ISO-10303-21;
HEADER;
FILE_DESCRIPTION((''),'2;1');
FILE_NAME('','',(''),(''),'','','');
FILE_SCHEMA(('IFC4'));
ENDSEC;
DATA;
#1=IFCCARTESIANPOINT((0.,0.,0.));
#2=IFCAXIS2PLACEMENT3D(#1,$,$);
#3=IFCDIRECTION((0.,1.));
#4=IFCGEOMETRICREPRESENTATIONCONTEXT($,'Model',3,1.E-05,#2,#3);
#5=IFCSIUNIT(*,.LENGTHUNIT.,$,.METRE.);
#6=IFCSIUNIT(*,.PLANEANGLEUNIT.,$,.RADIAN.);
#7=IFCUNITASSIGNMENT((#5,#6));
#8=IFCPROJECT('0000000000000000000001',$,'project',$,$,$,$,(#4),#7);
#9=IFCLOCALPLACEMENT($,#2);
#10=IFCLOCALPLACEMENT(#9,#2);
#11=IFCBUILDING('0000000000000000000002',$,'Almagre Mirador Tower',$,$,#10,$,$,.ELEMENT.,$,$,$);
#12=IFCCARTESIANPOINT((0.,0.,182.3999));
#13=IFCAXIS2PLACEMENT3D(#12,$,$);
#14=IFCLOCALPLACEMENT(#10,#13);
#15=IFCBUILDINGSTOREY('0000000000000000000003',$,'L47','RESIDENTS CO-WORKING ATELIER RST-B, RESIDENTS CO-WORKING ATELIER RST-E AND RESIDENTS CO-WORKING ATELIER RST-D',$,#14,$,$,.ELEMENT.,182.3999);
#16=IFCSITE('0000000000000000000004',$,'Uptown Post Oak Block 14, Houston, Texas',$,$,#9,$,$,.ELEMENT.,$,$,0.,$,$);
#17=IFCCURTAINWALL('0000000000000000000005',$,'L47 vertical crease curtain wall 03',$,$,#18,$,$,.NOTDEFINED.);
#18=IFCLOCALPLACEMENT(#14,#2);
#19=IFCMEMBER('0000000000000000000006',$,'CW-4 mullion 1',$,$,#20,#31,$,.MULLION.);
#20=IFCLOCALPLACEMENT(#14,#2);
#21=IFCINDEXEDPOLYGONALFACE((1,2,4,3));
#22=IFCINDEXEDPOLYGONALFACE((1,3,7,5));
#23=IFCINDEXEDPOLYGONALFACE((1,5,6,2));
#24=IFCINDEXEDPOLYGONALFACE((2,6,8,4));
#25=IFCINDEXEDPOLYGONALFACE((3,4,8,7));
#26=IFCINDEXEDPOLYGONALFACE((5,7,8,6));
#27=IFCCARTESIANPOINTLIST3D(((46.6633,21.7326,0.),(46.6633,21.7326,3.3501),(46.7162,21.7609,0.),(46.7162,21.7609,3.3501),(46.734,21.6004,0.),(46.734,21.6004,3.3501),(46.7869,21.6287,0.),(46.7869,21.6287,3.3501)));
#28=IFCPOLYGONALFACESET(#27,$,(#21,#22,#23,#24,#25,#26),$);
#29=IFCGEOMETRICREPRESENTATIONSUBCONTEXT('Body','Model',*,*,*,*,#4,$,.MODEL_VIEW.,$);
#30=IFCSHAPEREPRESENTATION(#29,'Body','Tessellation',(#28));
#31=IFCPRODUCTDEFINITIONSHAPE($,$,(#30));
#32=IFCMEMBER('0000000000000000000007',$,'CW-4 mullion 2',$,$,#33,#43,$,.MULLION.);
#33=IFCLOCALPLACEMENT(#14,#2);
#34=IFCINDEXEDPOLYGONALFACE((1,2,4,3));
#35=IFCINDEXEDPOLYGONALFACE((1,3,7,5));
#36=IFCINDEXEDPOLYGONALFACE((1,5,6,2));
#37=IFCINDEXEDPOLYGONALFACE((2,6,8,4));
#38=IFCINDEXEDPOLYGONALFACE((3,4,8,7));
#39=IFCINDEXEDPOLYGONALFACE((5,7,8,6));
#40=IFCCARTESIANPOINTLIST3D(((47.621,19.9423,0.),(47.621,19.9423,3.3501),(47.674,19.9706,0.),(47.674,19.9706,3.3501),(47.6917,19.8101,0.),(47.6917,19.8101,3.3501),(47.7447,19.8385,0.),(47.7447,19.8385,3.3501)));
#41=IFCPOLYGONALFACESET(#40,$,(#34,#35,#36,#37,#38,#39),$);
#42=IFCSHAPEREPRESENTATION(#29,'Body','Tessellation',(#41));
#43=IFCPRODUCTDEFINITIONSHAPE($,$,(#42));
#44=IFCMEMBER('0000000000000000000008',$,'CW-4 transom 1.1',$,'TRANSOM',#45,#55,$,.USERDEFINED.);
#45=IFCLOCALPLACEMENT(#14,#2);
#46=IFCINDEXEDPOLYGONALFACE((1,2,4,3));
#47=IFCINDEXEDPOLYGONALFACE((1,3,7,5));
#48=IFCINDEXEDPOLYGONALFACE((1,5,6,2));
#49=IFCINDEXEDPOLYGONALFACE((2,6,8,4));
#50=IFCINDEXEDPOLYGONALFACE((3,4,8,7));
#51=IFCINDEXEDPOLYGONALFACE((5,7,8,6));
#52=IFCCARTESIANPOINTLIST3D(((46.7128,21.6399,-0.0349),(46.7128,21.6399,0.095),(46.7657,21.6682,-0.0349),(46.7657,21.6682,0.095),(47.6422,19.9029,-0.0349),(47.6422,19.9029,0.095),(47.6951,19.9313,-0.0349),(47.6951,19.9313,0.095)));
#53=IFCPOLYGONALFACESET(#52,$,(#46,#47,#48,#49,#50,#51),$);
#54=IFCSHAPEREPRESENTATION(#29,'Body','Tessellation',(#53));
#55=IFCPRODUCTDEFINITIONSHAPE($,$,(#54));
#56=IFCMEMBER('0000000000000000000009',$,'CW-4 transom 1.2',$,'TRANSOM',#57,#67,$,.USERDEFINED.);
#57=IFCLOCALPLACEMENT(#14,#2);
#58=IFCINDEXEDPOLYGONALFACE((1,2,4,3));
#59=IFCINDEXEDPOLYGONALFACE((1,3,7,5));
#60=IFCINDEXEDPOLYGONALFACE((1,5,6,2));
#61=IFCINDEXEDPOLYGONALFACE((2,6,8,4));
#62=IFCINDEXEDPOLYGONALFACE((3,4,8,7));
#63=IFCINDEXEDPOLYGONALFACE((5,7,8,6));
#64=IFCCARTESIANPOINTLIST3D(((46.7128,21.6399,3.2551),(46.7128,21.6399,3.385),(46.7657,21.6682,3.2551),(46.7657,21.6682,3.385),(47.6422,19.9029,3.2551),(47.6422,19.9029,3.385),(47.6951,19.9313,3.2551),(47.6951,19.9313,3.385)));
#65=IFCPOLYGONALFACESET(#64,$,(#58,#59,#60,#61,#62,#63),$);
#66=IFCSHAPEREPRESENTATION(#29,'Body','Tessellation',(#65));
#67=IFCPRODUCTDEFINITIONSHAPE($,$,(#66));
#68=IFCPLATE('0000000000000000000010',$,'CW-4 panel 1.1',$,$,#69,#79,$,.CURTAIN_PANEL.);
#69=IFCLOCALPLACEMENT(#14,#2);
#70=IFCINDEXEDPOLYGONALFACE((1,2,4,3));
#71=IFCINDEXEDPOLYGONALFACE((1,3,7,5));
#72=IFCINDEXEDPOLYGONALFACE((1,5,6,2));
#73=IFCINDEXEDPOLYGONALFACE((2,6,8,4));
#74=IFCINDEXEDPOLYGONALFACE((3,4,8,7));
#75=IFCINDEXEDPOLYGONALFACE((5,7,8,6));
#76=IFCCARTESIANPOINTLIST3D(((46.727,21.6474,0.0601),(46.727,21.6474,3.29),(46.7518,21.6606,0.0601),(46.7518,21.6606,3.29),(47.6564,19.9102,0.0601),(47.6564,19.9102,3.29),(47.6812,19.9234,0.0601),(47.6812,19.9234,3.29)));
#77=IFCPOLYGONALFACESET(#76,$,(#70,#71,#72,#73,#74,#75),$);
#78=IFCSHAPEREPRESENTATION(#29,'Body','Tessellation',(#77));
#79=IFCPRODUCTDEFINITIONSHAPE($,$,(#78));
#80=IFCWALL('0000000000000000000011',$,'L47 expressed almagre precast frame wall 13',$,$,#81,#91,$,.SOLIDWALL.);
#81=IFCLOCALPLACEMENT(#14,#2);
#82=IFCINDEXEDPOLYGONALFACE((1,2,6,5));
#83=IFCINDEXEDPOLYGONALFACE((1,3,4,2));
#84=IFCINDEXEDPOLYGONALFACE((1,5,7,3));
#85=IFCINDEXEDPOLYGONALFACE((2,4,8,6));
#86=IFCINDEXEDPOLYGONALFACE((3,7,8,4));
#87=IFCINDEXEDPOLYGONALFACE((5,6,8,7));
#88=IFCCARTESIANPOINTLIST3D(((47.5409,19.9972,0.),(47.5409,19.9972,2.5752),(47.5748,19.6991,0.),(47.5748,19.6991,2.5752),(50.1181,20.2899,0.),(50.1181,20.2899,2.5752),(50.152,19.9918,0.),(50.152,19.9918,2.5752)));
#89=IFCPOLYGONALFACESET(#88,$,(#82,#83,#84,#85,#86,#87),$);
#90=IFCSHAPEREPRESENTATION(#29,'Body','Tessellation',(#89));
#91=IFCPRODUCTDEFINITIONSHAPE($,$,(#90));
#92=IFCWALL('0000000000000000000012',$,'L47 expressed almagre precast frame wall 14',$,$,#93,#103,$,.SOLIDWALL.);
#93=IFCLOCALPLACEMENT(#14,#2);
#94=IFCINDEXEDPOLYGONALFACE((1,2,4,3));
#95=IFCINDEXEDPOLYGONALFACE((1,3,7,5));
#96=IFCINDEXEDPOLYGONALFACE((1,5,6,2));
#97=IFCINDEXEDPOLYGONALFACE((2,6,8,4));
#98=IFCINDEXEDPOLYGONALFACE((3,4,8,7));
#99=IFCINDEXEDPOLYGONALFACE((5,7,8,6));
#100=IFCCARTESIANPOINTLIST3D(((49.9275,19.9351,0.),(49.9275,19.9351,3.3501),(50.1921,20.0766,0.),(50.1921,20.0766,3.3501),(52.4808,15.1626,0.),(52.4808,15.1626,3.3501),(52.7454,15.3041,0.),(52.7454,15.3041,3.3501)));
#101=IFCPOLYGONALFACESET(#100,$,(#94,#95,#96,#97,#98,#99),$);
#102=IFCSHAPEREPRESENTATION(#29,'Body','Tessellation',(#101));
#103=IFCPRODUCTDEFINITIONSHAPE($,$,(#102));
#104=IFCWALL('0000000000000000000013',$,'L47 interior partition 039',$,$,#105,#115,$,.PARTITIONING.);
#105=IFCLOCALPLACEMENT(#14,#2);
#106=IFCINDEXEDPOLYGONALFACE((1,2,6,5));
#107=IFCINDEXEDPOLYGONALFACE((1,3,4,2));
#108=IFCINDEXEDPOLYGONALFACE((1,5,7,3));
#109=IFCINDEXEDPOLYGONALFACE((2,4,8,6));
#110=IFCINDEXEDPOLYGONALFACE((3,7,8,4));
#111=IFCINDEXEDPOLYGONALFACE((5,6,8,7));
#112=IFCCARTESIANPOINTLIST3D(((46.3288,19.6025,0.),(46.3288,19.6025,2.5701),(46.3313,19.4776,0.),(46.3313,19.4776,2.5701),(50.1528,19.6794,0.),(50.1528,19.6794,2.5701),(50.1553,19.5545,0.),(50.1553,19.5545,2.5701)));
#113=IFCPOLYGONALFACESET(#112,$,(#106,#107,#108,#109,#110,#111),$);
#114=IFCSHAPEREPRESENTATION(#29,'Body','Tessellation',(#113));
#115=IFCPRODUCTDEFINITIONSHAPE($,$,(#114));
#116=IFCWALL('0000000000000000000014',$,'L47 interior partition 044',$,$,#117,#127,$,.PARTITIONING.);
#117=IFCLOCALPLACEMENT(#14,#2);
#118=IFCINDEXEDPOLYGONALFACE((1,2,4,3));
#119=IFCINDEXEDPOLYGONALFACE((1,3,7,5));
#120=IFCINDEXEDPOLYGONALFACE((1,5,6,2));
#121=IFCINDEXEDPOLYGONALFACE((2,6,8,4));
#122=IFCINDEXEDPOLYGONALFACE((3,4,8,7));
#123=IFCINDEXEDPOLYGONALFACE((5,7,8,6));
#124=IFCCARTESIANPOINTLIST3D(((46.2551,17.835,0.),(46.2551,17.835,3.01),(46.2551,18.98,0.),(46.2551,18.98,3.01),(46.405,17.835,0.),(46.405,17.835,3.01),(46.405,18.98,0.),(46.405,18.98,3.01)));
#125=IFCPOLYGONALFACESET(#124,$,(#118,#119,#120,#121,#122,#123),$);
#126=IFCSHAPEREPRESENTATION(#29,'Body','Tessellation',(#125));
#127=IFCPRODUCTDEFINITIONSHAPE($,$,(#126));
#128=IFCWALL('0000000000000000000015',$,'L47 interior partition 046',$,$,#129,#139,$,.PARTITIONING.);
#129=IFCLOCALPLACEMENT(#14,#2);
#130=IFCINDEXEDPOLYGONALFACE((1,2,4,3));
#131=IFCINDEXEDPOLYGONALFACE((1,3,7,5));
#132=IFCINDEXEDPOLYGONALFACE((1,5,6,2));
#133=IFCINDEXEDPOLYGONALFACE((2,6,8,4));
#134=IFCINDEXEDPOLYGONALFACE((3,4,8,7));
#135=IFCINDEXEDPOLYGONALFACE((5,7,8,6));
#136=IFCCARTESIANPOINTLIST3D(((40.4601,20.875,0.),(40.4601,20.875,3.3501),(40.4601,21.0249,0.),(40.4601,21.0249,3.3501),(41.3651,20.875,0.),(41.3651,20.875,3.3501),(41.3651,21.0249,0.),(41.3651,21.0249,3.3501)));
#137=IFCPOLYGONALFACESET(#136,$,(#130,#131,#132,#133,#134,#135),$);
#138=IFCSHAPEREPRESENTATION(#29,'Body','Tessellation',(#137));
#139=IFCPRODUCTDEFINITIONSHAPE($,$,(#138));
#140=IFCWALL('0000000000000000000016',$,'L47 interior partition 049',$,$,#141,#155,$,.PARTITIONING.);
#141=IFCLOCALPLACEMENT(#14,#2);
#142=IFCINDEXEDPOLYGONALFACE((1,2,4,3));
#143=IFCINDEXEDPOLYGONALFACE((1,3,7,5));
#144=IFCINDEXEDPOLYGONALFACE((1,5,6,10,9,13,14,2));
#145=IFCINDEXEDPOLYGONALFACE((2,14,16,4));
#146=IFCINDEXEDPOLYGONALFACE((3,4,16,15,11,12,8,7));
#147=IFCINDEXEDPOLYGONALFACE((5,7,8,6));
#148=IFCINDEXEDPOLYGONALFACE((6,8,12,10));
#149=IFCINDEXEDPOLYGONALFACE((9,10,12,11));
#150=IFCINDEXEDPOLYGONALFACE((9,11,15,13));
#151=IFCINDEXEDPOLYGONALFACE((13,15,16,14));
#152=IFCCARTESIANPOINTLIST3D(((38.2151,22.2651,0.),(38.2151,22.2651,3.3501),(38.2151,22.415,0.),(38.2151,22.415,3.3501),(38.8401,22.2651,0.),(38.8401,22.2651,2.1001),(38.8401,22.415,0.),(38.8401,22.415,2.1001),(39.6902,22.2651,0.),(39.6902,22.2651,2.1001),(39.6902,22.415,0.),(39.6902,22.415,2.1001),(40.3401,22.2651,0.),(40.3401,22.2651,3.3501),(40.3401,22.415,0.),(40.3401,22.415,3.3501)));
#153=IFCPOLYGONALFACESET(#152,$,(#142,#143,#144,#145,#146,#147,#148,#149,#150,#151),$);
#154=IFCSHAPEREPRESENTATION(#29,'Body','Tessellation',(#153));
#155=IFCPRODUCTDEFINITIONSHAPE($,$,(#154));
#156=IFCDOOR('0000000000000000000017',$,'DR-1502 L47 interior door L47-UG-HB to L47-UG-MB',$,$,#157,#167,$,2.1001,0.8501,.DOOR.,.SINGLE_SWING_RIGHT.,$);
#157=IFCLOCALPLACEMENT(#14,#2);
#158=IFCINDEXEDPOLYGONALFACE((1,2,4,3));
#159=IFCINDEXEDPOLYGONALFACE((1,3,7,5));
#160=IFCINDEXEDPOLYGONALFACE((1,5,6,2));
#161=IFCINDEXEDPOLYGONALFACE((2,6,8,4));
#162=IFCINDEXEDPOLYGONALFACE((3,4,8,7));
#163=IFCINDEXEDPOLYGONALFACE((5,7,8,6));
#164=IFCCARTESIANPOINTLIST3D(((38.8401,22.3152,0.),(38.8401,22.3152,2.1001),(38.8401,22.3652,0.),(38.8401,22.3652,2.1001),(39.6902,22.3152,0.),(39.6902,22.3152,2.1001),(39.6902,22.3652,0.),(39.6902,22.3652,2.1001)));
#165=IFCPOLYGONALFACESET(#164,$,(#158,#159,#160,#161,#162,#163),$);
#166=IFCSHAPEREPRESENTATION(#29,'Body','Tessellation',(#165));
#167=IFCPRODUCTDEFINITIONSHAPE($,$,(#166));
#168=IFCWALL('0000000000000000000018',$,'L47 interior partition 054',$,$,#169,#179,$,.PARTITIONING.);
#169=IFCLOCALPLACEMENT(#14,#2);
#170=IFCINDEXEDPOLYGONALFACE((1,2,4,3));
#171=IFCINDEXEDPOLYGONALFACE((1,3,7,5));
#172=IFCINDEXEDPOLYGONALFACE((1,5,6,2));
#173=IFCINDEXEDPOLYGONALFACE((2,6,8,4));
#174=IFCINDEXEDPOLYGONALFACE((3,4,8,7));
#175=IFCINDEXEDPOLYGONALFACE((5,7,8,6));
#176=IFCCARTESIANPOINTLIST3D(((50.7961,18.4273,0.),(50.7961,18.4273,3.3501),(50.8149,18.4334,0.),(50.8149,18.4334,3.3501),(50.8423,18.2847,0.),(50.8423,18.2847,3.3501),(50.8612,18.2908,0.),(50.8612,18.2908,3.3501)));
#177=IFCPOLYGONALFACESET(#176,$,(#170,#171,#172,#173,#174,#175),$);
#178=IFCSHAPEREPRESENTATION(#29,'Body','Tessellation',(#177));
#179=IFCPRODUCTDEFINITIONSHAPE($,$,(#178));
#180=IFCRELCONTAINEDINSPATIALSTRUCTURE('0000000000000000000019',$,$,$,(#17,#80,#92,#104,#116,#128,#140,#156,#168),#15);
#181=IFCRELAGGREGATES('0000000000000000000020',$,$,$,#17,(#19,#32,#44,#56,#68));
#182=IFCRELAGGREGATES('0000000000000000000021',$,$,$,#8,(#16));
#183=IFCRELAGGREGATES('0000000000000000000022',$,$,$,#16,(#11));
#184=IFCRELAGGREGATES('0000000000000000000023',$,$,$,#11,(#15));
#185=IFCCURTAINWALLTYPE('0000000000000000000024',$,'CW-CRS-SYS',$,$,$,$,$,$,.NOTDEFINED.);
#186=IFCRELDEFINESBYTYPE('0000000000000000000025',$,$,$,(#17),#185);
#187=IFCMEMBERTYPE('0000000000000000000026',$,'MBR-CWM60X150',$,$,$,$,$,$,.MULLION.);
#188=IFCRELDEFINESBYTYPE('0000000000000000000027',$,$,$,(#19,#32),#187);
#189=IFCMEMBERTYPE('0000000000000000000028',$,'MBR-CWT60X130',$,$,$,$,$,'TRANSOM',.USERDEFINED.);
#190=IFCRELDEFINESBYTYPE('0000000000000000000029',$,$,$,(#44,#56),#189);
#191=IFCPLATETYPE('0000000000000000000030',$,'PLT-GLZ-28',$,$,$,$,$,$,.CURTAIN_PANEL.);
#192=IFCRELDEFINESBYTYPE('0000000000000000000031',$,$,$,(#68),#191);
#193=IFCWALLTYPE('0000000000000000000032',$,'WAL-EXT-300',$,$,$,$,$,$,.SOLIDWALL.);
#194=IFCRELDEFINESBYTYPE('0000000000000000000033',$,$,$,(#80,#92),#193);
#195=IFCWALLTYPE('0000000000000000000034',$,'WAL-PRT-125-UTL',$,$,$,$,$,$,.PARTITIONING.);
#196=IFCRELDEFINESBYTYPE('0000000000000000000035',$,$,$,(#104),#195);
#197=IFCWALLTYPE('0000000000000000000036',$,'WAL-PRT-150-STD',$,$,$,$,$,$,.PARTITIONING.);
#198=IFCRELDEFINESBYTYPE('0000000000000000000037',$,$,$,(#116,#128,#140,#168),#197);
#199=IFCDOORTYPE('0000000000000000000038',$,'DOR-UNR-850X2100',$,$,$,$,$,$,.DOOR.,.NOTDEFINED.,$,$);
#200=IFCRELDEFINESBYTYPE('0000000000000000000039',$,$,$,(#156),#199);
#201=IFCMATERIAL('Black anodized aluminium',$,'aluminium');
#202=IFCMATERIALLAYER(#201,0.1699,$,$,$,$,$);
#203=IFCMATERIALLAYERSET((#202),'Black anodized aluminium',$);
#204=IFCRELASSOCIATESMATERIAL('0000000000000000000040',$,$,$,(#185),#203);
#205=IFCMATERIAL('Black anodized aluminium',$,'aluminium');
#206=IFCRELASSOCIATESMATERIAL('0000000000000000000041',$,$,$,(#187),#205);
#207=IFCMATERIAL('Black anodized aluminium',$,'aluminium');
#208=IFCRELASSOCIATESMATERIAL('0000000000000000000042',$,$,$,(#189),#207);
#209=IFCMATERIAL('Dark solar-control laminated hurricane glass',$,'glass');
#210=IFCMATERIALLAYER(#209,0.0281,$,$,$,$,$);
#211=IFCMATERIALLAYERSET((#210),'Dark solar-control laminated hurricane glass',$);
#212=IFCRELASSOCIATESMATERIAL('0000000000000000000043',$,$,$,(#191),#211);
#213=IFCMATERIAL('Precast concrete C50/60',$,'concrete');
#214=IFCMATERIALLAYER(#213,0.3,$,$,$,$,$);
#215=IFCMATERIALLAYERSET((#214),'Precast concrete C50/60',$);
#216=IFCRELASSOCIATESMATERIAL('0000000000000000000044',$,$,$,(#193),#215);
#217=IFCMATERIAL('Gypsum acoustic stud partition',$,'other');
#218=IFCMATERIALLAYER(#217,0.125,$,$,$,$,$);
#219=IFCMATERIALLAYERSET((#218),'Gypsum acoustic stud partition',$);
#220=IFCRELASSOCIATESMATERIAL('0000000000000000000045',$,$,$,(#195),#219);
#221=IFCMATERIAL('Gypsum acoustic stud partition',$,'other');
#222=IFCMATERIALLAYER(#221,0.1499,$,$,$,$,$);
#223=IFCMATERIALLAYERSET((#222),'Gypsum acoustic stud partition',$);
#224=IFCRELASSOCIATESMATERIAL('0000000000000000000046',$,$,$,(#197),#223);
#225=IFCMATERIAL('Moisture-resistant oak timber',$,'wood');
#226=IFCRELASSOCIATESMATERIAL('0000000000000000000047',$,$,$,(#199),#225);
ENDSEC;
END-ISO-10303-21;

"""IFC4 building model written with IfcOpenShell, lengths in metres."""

from ifc_helpers import new_model, si_unit, direction, frame, frame_2d, origin, origin_2d, place, context, subcontext, project, spatial, rectangle, extrude, material, layer, layer_set, material_profile, profile_set, type_object, element, fill, aggregate, save


model = new_model("IFC4")

# Units and contexts
model_context = context("Model", 3, precision=1e-05, world=origin(), true_north=direction((0.0, 1.0)))
body_context = subcontext(model_context, "Body", "Model", "MODEL_VIEW")
ifc_project = project(units=[si_unit("LENGTHUNIT", "METRE"), si_unit("PLANEANGLEUNIT", "RADIAN")], contexts=[model_context])

# Site, building, storey
site_placement = place(None, origin())
site = spatial("IfcSite", under=ifc_project, at=site_placement, Name="Uptown Post Oak Block 14, Houston, Texas", CompositionType="ELEMENT", RefElevation=0.0)
building_placement = place(site_placement, origin())
building = spatial("IfcBuilding", under=site, at=building_placement, Name="Almagre Mirador Tower", CompositionType="ELEMENT")
storey_placement = place(building_placement, frame((0.0, 0.0, 182.3999)))
storey = spatial("IfcBuildingStorey", under=building, at=storey_placement, Name="L47", Description="RESIDENTS CO-WORKING ATELIER RST-B, RESIDENTS CO-WORKING ATELIER RST-E AND RESIDENTS CO-WORKING ATELIER RST-D", CompositionType="ELEMENT", Elevation=182.3999)

# Curtain wall, members, plate
ifc_material_1 = material(Name="Black anodized aluminium", Category="aluminium")
ifc_layer_1 = layer(ifc_material_1, 0.1699)
ifc_layer_set_1 = layer_set([ifc_layer_1], Name="Black anodized aluminium")
curtain_wall_type = type_object("IfcCurtainWallType", Name="CW-CRS-SYS", PredefinedType="NOTDEFINED", material=ifc_layer_set_1)
curtain_wall_placement = place(storey_placement, origin())
curtain_wall = element("IfcCurtainWall", 1, at=curtain_wall_placement, inside=storey, type_object=curtain_wall_type, Name="L47 vertical crease curtain wall 03", PredefinedType="NOTDEFINED")
ifc_material_2 = material(Name="Black anodized aluminium", Category="aluminium")
ifc_material_profile_1 = material_profile(ifc_material_2, rectangle(XDim=0.0601, YDim=0.1499, at=origin_2d()), Name="CWM60X150")
ifc_profile_set_1 = profile_set([ifc_material_profile_1], Name="Black anodized aluminium")
member_type_1 = type_object("IfcMemberType", Name="MBR-CWM60X150", PredefinedType="MULLION", material=ifc_profile_set_1)
member_1_placement = place(storey_placement, frame((46.7251, 21.6807, 0.0), z_axis=(0.0, 0.0, 1.0), x_axis=(0.881743, 0.47173, 0.0)))
member_1 = element("IfcMember", 2, at=member_1_placement, type_object=member_type_1, Name="CW-4 mullion 1", PredefinedType="MULLION", context=body_context, shape_type="SweptSolid", body=[
    extrude(rectangle(XDim=0.0601, YDim=0.1499, at=origin_2d()), origin(), (0.0, 0.0, 1.0), 3.3501),
])
member_2_placement = place(storey_placement, frame((47.6829, 19.8904, 0.0), z_axis=(0.0, 0.0, 1.0), x_axis=(0.881743, 0.47173, 0.0)))
member_2 = element("IfcMember", 3, at=member_2_placement, type_object=member_type_1, Name="CW-4 mullion 2", PredefinedType="MULLION", context=body_context, shape_type="SweptSolid", body=[
    extrude(rectangle(XDim=0.0601, YDim=0.1499, at=origin_2d()), origin(), (0.0, 0.0, 1.0), 3.3501),
])
ifc_material_3 = material(Name="Black anodized aluminium", Category="aluminium")
ifc_material_profile_2 = material_profile(ifc_material_3, rectangle(XDim=0.0601, YDim=0.1299, at=origin_2d()), Name="CWT60X130")
ifc_profile_set_2 = profile_set([ifc_material_profile_2], Name="Black anodized aluminium")
member_type_2 = type_object("IfcMemberType", Name="MBR-CWT60X130", ElementType="TRANSOM", PredefinedType="USERDEFINED", material=ifc_profile_set_2)
member_3_placement = place(storey_placement, frame((46.7393, 21.6541, 0.03), z_axis=(0.471778, -0.881718, 0.0), x_axis=(0.881718, 0.471778, 0.0)))
member_3 = element("IfcMember", 4, at=member_3_placement, type_object=member_type_2, Name="CW-4 transom 1.1", ObjectType="TRANSOM", PredefinedType="USERDEFINED", context=body_context, shape_type="SweptSolid", body=[
    extrude(rectangle(XDim=0.0601, YDim=0.1299, at=origin_2d()), origin(), (0.0, 0.0, 1.0), 1.97),
])
member_4_placement = place(storey_placement, frame((46.7393, 21.6541, 3.3201), z_axis=(0.471778, -0.881718, 0.0), x_axis=(0.881718, 0.471778, 0.0)))
member_4 = element("IfcMember", 5, at=member_4_placement, type_object=member_type_2, Name="CW-4 transom 1.2", ObjectType="TRANSOM", PredefinedType="USERDEFINED", context=body_context, shape_type="SweptSolid", body=[
    extrude(rectangle(XDim=0.0601, YDim=0.1299, at=origin_2d()), origin(), (0.0, 0.0, 1.0), 1.97),
])
ifc_material_4 = material(Name="Dark solar-control laminated hurricane glass", Category="glass")
ifc_layer_2 = layer(ifc_material_4, 0.0281)
ifc_layer_set_2 = layer_set([ifc_layer_2], Name="Dark solar-control laminated hurricane glass")
plate_type = type_object("IfcPlateType", Name="PLT-GLZ-28", PredefinedType="CURTAIN_PANEL", material=ifc_layer_set_2)
plate_placement = place(storey_placement, frame((47.2041, 20.7854, 0.0601), z_axis=(0.0, 0.0, 1.0), x_axis=(0.47173, -0.881743, 0.0)))
plate = element("IfcPlate", 6, at=plate_placement, type_object=plate_type, Name="CW-4 panel 1.1", PredefinedType="CURTAIN_PANEL", context=body_context, shape_type="SweptSolid", body=[
    extrude(rectangle(XDim=1.9702, YDim=0.0281, at=origin_2d()), origin(), (0.0, 0.0, 1.0), 3.23),
])
aggregate(curtain_wall, [member_1, member_2, member_3, member_4, plate])

# Walls
ifc_material_5 = material(Name="Precast concrete C50/60", Category="concrete")
ifc_layer_3 = layer(ifc_material_5, 0.3)
ifc_layer_set_3 = layer_set([ifc_layer_3], Name="Precast concrete C50/60")
wall_type_1 = type_object("IfcWallType", Name="WAL-EXT-300", PredefinedType="SOLIDWALL", material=ifc_layer_set_3)
wall_1_placement = place(storey_placement, frame((47.5579, 19.8481, 0.0), z_axis=(0.0, 0.0, 1.0), x_axis=(0.993611, 0.112859, 0.0)))
element("IfcWall", 7, at=wall_1_placement, inside=storey, type_object=wall_type_1, Name="L47 expressed almagre precast frame wall 13", PredefinedType="SOLIDWALL", context=body_context, shape_type="SweptSolid", body=[
    extrude(rectangle(XDim=2.5938, YDim=0.3, at=frame_2d((1.2969, 0.0))), origin(), (0.0, 0.0, 1.0), 2.5752),
])
wall_2_placement = place(storey_placement, frame((50.0598, 20.0059, 0.0), z_axis=(0.0, 0.0, 1.0), x_axis=(0.471726, -0.881745, 0.0)))
element("IfcWall", 8, at=wall_2_placement, inside=storey, type_object=wall_type_1, Name="L47 expressed almagre precast frame wall 14", PredefinedType="SOLIDWALL", context=body_context, shape_type="SweptSolid", body=[
    extrude(rectangle(XDim=5.4126, YDim=0.3, at=frame_2d((2.7063, 0.0))), origin(), (0.0, 0.0, 1.0), 3.3501),
])
ifc_material_6 = material(Name="Gypsum acoustic stud partition", Category="other")
ifc_layer_4 = layer(ifc_material_6, 0.125)
ifc_layer_set_4 = layer_set([ifc_layer_4], Name="Gypsum acoustic stud partition")
wall_type_2 = type_object("IfcWallType", Name="WAL-PRT-125-UTL", PredefinedType="PARTITIONING", material=ifc_layer_set_4)
wall_3_placement = place(storey_placement, frame((46.3301, 19.54, 0.0), z_axis=(0.0, 0.0, 1.0), x_axis=(0.999798, 0.020107, 0.0)))
element("IfcWall", 9, at=wall_3_placement, inside=storey, type_object=wall_type_2, Name="L47 interior partition 039", PredefinedType="PARTITIONING", context=body_context, shape_type="SweptSolid", body=[
    extrude(rectangle(XDim=3.8247, YDim=0.125, at=frame_2d((1.9124, 0.0))), origin(), (0.0, 0.0, 1.0), 2.5701),
])
ifc_material_7 = material(Name="Gypsum acoustic stud partition", Category="other")
ifc_layer_5 = layer(ifc_material_7, 0.1499)
ifc_layer_set_5 = layer_set([ifc_layer_5], Name="Gypsum acoustic stud partition")
wall_type_3 = type_object("IfcWallType", Name="WAL-PRT-150-STD", PredefinedType="PARTITIONING", material=ifc_layer_set_5)
wall_4_placement = place(storey_placement, frame((46.3301, 18.98, 0.0), z_axis=(0.0, 0.0, 1.0), x_axis=(0.0, -1.0, 0.0)))
element("IfcWall", 10, at=wall_4_placement, inside=storey, type_object=wall_type_3, Name="L47 interior partition 044", PredefinedType="PARTITIONING", context=body_context, shape_type="SweptSolid", body=[
    extrude(rectangle(XDim=1.145, YDim=0.1499, at=frame_2d((0.5725, 0.0))), origin(), (0.0, 0.0, 1.0), 3.01),
])
wall_5_placement = place(storey_placement, frame((40.46, 20.95, 0.0), z_axis=(0.0, 0.0, 1.0), x_axis=(1.0, 0.0, 0.0)))
element("IfcWall", 11, at=wall_5_placement, inside=storey, type_object=wall_type_3, Name="L47 interior partition 046", PredefinedType="PARTITIONING", context=body_context, shape_type="SweptSolid", body=[
    extrude(rectangle(XDim=0.905, YDim=0.1499, at=frame_2d((0.4526, 0.0))), origin(), (0.0, 0.0, 1.0), 3.3501),
])

# Wall, opening, door
wall_6_placement = place(storey_placement, frame((40.3401, 22.3401, 0.0), z_axis=(0.0, 0.0, 1.0), x_axis=(-1.0, 0.0, 0.0)))
wall_6 = element("IfcWall", 12, at=wall_6_placement, inside=storey, type_object=wall_type_3, Name="L47 interior partition 049", PredefinedType="PARTITIONING", context=body_context, shape_type="SweptSolid", body=[
    extrude(rectangle(XDim=2.125, YDim=0.1499, at=frame_2d((1.0625, 0.0))), origin(), (0.0, 0.0, 1.0), 3.3501),
])
opening_1_placement = place(wall_6_placement, frame((0.6499, 0.0, 0.0)))
opening_1 = element("IfcOpeningElement", 13, at=opening_1_placement, cuts=wall_6, PredefinedType="OPENING", context=body_context, shape_type="SweptSolid", body=[
    extrude(rectangle(XDim=0.8501, YDim=2.1001, at=frame_2d((0.425, 1.05))), frame((0.0, 0.085, 0.0), z_axis=(0.0, -1.0, 0.0), x_axis=(1.0, 0.0, 0.0)), (0.0, 0.0, 1.0), 0.1699),
])
ifc_material_8 = material(Name="Moisture-resistant oak timber", Category="wood")
door_type_1 = type_object("IfcDoorType", Name="DOR-UNR-850X2100", OperationType="NOTDEFINED", PredefinedType="DOOR", material=ifc_material_8)
door_1_placement = place(opening_1_placement, origin())
door_1 = element("IfcDoor", 14, at=door_1_placement, inside=storey, type_object=door_type_1, Name="DR-1502 L47 interior door L47-UG-HB to L47-UG-MB", OperationType="SINGLE_SWING_RIGHT", OverallHeight=2.1001, OverallWidth=0.8501, PredefinedType="DOOR", context=body_context, shape_type="SweptSolid", body=[
    extrude(rectangle(XDim=0.8501, YDim=2.1001, at=frame_2d((0.425, 1.05))), frame((0.0, 0.0249, 0.0), z_axis=(0.0, -1.0, 0.0), x_axis=(1.0, 0.0, 0.0)), (0.0, 0.0, 1.0), 0.05),
])
fill(opening_1, door_1)

# Wall
wall_7_placement = place(storey_placement, frame((50.8379, 18.3621, 0.0), z_axis=(0.0, 0.0, 1.0), x_axis=(-0.951125, -0.308807, 0.0)))
element("IfcWall", 15, at=wall_7_placement, inside=storey, type_object=wall_type_3, Name="L47 interior partition 054", PredefinedType="PARTITIONING", context=body_context, shape_type="SweptSolid", body=[
    extrude(rectangle(XDim=0.0198, YDim=0.1499, at=frame_2d((0.0098, 0.0))), origin(), (0.0, 0.0, 1.0), 3.3501),
])

save(model, "model.ifc")
